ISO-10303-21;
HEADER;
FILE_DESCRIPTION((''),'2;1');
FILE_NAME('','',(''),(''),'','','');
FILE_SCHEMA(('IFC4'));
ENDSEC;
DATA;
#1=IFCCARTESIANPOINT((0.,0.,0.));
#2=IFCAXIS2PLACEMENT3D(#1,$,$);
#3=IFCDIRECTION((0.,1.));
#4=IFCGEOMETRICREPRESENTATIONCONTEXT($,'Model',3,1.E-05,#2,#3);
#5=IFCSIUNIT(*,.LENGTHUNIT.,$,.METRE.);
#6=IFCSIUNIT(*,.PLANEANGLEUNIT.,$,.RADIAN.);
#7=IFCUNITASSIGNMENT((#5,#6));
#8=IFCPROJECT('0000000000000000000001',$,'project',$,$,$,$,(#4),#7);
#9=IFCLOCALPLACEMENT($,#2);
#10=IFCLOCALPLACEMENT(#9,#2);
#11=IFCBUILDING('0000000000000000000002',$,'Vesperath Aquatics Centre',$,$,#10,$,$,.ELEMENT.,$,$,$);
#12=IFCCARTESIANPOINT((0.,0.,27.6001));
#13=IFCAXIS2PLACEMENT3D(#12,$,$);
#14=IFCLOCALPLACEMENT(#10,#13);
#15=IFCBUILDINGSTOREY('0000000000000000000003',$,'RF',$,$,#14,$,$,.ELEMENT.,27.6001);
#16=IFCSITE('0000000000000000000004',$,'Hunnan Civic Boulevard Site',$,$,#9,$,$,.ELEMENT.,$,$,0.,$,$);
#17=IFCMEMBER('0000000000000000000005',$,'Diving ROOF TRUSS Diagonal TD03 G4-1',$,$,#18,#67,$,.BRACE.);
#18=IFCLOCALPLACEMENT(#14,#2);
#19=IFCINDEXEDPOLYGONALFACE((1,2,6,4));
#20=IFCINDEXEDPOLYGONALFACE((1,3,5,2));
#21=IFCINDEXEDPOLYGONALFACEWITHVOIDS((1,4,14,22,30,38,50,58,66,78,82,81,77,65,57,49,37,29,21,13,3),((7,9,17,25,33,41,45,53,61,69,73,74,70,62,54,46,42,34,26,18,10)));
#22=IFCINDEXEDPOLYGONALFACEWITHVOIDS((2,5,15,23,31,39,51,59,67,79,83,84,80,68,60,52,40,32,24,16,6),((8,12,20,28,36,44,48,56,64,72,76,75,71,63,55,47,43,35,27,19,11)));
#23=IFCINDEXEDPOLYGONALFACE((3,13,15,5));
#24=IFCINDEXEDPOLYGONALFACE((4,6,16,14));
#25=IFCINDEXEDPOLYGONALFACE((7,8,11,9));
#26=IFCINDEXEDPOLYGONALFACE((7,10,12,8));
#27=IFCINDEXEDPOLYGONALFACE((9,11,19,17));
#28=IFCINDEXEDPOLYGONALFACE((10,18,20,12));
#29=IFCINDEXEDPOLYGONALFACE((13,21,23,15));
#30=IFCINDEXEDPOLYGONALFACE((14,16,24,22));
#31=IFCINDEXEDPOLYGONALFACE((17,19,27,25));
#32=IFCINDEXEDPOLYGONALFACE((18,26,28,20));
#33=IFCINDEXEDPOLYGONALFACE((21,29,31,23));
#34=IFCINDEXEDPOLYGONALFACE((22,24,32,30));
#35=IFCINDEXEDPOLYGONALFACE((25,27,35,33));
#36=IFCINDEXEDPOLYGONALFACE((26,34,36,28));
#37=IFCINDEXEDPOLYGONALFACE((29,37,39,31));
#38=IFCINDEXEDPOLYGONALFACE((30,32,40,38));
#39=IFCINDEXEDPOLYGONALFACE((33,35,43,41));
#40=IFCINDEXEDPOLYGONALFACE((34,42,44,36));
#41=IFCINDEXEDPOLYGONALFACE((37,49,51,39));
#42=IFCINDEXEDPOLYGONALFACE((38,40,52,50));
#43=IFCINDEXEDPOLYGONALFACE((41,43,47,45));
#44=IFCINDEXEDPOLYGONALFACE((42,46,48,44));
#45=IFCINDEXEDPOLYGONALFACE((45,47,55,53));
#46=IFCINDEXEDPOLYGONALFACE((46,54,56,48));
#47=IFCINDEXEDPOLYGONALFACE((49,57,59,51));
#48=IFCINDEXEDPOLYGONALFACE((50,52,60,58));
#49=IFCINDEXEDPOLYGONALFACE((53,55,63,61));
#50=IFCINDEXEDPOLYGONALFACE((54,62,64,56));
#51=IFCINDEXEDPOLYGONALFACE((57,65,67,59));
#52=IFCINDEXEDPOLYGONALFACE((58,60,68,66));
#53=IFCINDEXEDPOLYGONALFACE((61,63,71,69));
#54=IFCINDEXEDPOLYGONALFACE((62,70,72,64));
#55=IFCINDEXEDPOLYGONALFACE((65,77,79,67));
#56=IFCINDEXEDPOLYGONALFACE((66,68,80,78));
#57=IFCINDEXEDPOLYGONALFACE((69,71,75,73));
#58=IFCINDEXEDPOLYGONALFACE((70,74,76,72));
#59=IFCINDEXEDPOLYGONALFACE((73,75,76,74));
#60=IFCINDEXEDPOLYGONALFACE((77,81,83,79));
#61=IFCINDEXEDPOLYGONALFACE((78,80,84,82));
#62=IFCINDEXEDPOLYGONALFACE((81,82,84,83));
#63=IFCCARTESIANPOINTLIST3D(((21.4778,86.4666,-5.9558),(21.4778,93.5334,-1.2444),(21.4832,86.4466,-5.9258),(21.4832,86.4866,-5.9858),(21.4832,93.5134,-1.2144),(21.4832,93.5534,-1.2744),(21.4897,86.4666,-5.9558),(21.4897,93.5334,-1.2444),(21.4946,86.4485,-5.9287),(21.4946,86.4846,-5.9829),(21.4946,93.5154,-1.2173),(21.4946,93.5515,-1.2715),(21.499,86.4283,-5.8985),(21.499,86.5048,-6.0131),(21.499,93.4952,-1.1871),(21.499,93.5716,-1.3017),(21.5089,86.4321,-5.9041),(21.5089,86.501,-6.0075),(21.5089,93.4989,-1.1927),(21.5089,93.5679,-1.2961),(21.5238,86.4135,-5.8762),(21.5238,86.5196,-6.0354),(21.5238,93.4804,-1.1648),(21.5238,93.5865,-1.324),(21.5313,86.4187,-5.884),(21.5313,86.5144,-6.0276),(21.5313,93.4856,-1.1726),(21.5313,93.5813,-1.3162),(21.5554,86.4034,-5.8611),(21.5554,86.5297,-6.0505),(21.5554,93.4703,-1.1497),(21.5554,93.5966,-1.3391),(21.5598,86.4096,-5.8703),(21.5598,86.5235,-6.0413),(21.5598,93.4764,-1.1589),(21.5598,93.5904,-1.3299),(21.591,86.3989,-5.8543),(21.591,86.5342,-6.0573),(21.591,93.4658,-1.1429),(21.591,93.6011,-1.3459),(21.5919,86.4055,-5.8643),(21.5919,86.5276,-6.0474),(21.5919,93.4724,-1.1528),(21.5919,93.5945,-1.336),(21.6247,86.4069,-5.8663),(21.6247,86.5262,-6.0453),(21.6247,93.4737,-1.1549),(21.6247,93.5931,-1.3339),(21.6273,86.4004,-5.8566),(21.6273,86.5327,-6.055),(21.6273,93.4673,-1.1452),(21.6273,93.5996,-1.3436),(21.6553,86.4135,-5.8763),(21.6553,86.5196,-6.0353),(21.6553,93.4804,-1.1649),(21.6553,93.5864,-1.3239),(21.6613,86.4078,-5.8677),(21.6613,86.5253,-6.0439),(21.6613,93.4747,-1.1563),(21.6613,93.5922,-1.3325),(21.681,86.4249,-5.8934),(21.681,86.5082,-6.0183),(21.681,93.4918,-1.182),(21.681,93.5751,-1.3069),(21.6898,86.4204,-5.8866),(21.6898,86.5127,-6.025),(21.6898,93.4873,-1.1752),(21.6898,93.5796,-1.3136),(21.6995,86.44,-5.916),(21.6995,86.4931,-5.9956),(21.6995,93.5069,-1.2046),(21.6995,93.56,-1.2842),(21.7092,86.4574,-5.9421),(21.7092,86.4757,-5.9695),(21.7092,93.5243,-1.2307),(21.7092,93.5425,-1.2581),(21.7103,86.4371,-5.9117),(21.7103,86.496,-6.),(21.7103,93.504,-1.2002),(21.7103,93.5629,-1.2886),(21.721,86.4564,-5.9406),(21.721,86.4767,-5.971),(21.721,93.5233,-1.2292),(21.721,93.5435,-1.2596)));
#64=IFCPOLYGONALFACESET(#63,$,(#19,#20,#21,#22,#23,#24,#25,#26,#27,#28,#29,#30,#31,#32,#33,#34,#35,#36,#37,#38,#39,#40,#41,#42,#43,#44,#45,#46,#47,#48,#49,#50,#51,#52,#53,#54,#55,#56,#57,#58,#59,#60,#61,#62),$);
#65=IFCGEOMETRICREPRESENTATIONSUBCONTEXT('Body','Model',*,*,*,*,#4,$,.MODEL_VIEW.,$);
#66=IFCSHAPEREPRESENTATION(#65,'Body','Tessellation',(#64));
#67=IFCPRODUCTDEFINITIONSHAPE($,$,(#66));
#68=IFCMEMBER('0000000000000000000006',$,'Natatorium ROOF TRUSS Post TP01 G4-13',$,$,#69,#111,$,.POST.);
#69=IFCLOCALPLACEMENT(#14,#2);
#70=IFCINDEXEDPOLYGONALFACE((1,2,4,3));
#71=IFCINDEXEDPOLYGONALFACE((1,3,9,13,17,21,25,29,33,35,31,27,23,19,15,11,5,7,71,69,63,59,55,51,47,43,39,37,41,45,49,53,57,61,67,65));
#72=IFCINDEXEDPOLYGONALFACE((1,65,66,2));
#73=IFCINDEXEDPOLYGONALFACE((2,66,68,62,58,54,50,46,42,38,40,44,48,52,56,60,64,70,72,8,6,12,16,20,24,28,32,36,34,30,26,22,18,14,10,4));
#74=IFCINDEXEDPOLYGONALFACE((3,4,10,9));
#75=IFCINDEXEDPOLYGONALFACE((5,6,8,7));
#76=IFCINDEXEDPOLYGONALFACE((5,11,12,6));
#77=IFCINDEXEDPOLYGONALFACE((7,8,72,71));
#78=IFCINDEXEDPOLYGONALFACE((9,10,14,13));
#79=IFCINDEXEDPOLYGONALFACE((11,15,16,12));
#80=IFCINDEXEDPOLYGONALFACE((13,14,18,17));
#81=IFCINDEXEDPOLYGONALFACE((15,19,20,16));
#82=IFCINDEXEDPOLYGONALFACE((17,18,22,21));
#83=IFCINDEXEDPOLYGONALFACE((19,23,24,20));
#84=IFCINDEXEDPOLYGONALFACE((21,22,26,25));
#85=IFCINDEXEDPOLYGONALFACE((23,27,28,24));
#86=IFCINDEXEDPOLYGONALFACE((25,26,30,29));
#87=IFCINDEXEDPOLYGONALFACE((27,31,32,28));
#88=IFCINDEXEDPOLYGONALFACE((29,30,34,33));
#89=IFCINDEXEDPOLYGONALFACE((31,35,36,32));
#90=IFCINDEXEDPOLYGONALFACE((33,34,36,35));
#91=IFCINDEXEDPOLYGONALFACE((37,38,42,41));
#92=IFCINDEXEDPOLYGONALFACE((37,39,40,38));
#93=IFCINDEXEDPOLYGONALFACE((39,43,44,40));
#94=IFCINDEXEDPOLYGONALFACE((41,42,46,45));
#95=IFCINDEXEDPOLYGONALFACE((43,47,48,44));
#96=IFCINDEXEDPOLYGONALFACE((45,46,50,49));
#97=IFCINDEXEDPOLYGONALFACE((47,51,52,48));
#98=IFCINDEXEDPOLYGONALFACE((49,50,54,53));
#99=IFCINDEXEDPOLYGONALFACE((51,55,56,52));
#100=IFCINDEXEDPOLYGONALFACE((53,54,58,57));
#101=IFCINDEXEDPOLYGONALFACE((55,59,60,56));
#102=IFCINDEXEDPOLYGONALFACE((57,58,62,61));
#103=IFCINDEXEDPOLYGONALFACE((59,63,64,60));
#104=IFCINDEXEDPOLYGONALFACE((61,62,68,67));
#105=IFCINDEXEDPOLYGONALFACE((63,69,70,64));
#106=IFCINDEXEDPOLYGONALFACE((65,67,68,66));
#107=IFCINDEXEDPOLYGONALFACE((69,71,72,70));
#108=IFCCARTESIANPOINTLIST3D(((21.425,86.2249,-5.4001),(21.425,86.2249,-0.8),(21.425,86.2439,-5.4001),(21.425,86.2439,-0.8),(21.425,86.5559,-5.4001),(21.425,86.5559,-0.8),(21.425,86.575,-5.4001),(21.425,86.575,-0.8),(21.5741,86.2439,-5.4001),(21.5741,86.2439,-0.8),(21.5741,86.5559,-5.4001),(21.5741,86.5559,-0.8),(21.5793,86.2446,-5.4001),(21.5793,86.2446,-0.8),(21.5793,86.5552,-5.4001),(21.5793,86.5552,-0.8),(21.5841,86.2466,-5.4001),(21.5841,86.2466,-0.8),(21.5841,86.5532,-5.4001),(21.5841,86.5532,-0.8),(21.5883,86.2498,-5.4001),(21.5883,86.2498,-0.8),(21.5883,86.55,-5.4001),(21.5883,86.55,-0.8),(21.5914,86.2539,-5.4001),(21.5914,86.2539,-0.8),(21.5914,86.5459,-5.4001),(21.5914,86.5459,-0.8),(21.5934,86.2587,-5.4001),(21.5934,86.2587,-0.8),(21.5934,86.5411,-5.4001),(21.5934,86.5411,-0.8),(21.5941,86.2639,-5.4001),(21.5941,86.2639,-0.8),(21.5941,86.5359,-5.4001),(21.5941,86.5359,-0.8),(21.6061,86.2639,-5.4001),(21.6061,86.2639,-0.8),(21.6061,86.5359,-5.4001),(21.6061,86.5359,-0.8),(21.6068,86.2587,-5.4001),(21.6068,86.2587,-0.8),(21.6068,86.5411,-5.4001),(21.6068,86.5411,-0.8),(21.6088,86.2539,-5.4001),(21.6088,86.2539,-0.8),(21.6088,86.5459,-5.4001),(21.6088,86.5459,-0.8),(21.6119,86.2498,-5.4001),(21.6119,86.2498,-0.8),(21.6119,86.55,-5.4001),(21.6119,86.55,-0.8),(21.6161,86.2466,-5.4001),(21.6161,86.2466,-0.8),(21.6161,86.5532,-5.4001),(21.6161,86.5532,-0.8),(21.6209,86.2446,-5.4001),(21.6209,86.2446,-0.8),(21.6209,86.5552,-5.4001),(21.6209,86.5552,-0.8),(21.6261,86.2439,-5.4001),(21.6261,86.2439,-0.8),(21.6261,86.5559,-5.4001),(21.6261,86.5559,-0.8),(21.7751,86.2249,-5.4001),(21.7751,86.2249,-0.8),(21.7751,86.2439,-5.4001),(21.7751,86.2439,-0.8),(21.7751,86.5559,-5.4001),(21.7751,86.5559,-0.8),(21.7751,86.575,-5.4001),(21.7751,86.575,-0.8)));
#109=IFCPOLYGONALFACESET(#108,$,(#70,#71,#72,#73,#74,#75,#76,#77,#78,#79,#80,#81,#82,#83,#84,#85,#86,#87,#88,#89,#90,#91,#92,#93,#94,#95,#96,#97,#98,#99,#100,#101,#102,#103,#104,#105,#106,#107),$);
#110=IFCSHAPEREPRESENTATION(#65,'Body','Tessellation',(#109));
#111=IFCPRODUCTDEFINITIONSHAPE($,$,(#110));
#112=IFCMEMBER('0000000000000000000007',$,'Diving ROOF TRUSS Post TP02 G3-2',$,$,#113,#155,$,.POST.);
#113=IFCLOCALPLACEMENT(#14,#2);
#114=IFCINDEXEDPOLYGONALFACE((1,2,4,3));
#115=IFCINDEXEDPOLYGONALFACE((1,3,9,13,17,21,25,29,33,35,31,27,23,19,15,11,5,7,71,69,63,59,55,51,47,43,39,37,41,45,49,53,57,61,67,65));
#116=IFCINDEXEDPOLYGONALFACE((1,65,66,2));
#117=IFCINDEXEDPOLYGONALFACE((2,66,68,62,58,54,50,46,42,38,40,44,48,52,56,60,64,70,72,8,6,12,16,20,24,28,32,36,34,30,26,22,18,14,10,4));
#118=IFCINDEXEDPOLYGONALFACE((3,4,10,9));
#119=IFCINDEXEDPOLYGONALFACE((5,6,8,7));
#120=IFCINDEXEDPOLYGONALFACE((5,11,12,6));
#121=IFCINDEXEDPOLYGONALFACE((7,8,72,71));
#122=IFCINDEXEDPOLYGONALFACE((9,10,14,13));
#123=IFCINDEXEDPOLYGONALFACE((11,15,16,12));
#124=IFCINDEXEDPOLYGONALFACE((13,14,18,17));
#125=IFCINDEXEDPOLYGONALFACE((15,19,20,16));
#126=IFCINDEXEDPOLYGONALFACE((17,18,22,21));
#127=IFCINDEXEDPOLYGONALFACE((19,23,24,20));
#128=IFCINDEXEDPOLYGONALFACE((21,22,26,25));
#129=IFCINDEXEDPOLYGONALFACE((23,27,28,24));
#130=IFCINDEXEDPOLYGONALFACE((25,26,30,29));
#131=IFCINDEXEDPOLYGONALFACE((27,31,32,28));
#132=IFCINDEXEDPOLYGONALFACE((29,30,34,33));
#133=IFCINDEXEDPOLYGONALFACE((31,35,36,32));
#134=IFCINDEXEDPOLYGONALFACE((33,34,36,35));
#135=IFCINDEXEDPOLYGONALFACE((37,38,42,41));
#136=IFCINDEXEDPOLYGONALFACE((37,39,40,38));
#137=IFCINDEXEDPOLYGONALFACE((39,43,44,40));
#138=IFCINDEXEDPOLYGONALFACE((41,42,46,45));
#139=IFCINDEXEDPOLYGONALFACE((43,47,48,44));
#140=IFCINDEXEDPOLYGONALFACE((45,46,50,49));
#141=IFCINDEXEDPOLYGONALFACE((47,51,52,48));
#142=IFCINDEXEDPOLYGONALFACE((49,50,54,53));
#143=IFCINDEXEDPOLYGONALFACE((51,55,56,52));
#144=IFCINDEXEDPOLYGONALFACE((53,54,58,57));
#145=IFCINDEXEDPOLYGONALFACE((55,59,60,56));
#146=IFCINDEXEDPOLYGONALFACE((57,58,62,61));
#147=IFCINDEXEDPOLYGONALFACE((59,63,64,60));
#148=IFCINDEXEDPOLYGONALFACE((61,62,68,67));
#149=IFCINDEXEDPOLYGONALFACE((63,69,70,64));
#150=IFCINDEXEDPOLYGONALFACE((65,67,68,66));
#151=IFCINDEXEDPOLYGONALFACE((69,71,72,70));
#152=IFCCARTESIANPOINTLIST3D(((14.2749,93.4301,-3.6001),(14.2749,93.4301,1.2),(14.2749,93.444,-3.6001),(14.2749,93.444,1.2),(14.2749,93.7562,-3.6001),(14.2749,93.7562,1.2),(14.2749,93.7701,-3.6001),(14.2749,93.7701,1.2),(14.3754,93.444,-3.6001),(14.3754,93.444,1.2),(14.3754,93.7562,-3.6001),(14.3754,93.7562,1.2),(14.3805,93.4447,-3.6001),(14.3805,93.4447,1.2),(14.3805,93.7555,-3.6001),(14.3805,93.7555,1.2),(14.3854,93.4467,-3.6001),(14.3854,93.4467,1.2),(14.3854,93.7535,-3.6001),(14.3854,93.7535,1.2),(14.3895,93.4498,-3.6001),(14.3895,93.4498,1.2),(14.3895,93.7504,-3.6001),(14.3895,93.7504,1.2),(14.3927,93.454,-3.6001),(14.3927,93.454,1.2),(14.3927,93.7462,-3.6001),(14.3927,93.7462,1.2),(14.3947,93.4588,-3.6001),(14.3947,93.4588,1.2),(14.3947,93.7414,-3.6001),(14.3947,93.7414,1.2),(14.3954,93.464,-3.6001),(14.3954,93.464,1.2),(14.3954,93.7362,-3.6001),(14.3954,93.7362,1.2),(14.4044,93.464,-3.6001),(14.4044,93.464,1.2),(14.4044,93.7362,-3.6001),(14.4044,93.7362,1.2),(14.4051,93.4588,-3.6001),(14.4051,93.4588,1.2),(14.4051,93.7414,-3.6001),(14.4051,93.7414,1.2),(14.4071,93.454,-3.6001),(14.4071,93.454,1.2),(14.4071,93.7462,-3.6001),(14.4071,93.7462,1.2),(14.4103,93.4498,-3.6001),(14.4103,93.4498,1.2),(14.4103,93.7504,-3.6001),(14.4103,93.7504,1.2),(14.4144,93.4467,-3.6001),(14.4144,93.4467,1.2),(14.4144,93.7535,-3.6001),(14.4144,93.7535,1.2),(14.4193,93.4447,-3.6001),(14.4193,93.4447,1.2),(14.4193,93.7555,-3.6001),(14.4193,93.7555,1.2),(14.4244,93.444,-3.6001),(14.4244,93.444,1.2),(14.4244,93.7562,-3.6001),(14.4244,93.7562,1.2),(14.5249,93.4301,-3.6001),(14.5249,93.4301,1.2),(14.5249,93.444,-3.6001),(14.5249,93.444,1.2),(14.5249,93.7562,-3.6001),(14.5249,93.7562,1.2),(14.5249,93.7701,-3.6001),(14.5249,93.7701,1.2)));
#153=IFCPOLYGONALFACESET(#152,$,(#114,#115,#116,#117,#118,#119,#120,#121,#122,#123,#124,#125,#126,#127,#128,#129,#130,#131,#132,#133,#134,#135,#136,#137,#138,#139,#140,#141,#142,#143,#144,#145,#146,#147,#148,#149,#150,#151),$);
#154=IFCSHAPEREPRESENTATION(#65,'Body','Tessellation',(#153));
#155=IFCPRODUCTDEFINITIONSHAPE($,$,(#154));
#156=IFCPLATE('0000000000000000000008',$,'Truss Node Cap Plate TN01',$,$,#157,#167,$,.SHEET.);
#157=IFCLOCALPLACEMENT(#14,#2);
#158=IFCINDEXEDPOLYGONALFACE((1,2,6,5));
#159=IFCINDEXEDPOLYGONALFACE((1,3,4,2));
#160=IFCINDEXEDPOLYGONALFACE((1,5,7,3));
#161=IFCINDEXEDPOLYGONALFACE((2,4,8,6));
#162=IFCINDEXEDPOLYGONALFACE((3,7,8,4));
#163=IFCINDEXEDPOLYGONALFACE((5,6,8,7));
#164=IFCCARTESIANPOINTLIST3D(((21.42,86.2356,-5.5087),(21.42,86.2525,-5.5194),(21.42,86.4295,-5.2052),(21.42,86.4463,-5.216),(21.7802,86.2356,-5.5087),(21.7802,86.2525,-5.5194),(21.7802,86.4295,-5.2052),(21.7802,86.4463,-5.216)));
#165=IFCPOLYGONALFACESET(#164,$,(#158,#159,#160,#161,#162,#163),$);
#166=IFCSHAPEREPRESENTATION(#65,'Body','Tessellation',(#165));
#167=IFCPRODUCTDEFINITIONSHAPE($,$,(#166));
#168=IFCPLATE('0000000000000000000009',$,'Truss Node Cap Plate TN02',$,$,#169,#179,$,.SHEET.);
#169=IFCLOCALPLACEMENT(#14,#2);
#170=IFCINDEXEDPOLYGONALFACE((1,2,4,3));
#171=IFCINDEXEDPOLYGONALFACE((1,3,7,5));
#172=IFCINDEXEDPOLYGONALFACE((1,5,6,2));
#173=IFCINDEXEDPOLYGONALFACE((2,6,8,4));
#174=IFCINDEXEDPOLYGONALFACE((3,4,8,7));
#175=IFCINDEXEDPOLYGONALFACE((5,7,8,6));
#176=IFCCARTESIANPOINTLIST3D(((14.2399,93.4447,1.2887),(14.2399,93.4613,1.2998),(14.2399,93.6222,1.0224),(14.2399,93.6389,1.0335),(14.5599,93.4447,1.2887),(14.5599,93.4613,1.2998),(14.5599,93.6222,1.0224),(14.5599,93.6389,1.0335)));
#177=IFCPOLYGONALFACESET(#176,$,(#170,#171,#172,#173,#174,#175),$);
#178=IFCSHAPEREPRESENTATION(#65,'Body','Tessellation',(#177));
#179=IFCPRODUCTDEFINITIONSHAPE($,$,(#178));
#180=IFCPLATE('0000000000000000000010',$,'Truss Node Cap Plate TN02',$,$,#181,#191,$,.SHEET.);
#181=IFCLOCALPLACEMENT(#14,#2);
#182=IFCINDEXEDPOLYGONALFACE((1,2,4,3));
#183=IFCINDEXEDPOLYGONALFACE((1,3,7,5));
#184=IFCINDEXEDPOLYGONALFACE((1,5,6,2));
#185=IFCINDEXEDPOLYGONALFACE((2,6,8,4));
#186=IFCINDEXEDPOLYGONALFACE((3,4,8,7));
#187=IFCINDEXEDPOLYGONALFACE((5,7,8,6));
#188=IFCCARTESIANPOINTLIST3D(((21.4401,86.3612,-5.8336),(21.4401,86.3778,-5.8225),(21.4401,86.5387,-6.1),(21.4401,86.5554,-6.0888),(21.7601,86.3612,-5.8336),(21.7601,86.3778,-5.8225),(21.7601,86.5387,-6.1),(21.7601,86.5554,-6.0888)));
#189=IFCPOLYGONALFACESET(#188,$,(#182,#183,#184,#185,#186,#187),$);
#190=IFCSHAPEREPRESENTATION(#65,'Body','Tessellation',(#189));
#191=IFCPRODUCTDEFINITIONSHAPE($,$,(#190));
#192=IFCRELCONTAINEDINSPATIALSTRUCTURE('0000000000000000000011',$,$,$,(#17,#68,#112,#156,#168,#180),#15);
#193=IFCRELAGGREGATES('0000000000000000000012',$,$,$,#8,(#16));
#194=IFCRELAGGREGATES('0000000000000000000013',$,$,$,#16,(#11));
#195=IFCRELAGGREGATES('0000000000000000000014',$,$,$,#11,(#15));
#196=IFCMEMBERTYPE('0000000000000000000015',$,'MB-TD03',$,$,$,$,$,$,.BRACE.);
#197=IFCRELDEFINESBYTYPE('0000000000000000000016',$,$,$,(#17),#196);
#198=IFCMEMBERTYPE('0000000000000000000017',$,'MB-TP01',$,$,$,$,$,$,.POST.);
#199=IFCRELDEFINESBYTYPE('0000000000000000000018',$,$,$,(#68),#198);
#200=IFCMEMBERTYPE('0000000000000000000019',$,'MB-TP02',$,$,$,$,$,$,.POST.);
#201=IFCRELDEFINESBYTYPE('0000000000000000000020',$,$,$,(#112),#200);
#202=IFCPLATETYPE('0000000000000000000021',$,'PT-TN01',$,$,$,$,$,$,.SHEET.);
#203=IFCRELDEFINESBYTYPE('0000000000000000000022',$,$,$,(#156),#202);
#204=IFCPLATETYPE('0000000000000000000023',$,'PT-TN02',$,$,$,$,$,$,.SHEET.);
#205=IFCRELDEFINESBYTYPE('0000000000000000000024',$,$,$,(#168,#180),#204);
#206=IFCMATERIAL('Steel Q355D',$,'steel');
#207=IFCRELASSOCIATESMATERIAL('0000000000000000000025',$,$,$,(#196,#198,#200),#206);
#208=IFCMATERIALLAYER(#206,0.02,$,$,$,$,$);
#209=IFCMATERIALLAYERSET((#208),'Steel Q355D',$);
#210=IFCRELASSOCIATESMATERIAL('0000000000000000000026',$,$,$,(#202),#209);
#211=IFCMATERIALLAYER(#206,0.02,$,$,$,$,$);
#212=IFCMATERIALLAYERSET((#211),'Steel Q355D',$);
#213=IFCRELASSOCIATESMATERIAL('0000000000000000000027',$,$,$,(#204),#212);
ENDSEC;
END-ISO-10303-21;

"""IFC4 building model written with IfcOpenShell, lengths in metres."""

from ifc_helpers import new_model, si_unit, direction, frame, origin, origin_2d, place, context, subcontext, project, spatial, rectangle, hollow_circle, i_section, extrude, material, layer, layer_set, material_profile, profile_set, type_object, element, save


model = new_model("IFC4")

# Units and contexts
model_context = context("Model", 3, precision=1e-05, world=origin(), true_north=direction((0.0, 1.0)))
body_context = subcontext(model_context, "Body", "Model", "MODEL_VIEW")
ifc_project = project(units=[si_unit("LENGTHUNIT", "METRE"), si_unit("PLANEANGLEUNIT", "RADIAN")], contexts=[model_context])

# Site, building, storey
site_placement = place(None, origin())
site = spatial("IfcSite", under=ifc_project, at=site_placement, Name="Hunnan Civic Boulevard Site", CompositionType="ELEMENT", RefElevation=0.0)
building_placement = place(site_placement, origin())
building = spatial("IfcBuilding", under=site, at=building_placement, Name="Vesperath Aquatics Centre", CompositionType="ELEMENT")
storey_placement = place(building_placement, frame((0.0, 0.0, 27.6001)))
storey = spatial("IfcBuildingStorey", under=building, at=storey_placement, Name="RF", CompositionType="ELEMENT", Elevation=27.6001)

# Members
ifc_material_1 = material(Name="Steel Q355D", Category="steel")
ifc_material_profile_1 = material_profile(ifc_material_1, hollow_circle(Radius=0.1223, WallThickness=0.012, at=origin_2d()), Name="CHS 244.5x12")
ifc_profile_set_1 = profile_set([ifc_material_profile_1], Name="Steel Q355D")
member_type_1 = type_object("IfcMemberType", Name="MB-TD03", PredefinedType="BRACE", material=ifc_profile_set_1)
member_1_placement = place(storey_placement, frame((21.6001, 86.4666, -5.9558), z_axis=(0.0, 0.832041, 0.554713), x_axis=(-1.0, 0.0, 0.0)))
element("IfcMember", 1, at=member_1_placement, inside=storey, type_object=member_type_1, Name="Diving ROOF TRUSS Diagonal TD03 G4-1", PredefinedType="BRACE", context=body_context, shape_type="SweptSolid", body=[
    extrude(hollow_circle(Radius=0.1223, WallThickness=0.012, at=origin_2d()), origin(), (0.0, 0.0, 1.0), 8.4934),
])
ifc_material_profile_2 = material_profile(ifc_material_1, i_section(OverallWidth=0.3501, OverallDepth=0.3501, WebThickness=0.012, FlangeThickness=0.019, FilletRadius=0.02, at=origin_2d()), Name="HW 350x350x12x19")
ifc_profile_set_2 = profile_set([ifc_material_profile_2], Name="Steel Q355D")
member_type_2 = type_object("IfcMemberType", Name="MB-TP01", PredefinedType="POST", material=ifc_profile_set_2)
member_2_placement = place(storey_placement, frame((21.6001, 86.3999, -5.4001), z_axis=(0.0, 0.0, 1.0), x_axis=(1.0, 0.0, 0.0)))
element("IfcMember", 2, at=member_2_placement, inside=storey, type_object=member_type_2, Name="Natatorium ROOF TRUSS Post TP01 G4-13", PredefinedType="POST", context=body_context, shape_type="SweptSolid", body=[
    extrude(i_section(OverallWidth=0.3501, OverallDepth=0.3501, WebThickness=0.012, FlangeThickness=0.019, FilletRadius=0.02, at=origin_2d()), origin(), (0.0, 0.0, 1.0), 4.6001),
])
ifc_material_profile_3 = material_profile(ifc_material_1, i_section(OverallWidth=0.25, OverallDepth=0.3401, WebThickness=0.009, FlangeThickness=0.0139, FilletRadius=0.02, at=origin_2d()), Name="HM 340x250x9x14")
ifc_profile_set_3 = profile_set([ifc_material_profile_3], Name="Steel Q355D")
member_type_3 = type_object("IfcMemberType", Name="MB-TP02", PredefinedType="POST", material=ifc_profile_set_3)
member_3_placement = place(storey_placement, frame((14.3999, 93.6001, -3.6001), z_axis=(0.0, 0.0, 1.0), x_axis=(1.0, 0.0, 0.0)))
element("IfcMember", 3, at=member_3_placement, inside=storey, type_object=member_type_3, Name="Diving ROOF TRUSS Post TP02 G3-2", PredefinedType="POST", context=body_context, shape_type="SweptSolid", body=[
    extrude(i_section(OverallWidth=0.25, OverallDepth=0.3401, WebThickness=0.009, FlangeThickness=0.0139, FilletRadius=0.02, at=origin_2d()), origin(), (0.0, 0.0, 1.0), 4.8),
])

# Plates
ifc_layer_1 = layer(ifc_material_1, 0.02)
ifc_layer_set_1 = layer_set([ifc_layer_1], Name="Steel Q355D")
plate_type_1 = type_object("IfcPlateType", Name="PT-TN01", PredefinedType="SHEET", material=ifc_layer_set_1)
plate_placement = place(storey_placement, frame((21.6001, 86.3325, -5.3569), z_axis=(0.0, 0.842696, -0.538389), x_axis=(-1.0, 0.0, 0.0)))
element("IfcPlate", 4, at=plate_placement, inside=storey, type_object=plate_type_1, Name="Truss Node Cap Plate TN01", PredefinedType="SHEET", context=body_context, shape_type="SweptSolid", body=[
    extrude(rectangle(XDim=0.3601, YDim=0.3601, at=origin_2d()), origin(), (0.0, 0.0, 1.0), 0.02),
])
ifc_layer_2 = layer(ifc_material_1, 0.02)
ifc_layer_set_2 = layer_set([ifc_layer_2], Name="Steel Q355D")
plate_type_2 = type_object("IfcPlateType", Name="PT-TN02", PredefinedType="SHEET", material=ifc_layer_set_2)
for number, where, z_axis, x_axis, name in (
    (5, (14.3999, 93.5334, 1.1555), (0.0, 0.83205, 0.5547), (-1.0, 0.0, 0.0), "Truss Node Cap Plate TN02"),
    (6, (21.6001, 86.45, -5.9668), (0.0, 0.83205, 0.5547), (-1.0, 0.0, 0.0), "Truss Node Cap Plate TN02"),
):
    element("IfcPlate", number, at=place(storey_placement, frame(where, z_axis=z_axis, x_axis=x_axis)), inside=storey, type_object=plate_type_2, Name=name, PredefinedType="SHEET", context=body_context, shape_type="SweptSolid", body=[
        extrude(rectangle(XDim=0.3201, YDim=0.3201, at=origin_2d()), origin(), (0.0, 0.0, 1.0), 0.02),
    ])

save(model, "model.ifc")
